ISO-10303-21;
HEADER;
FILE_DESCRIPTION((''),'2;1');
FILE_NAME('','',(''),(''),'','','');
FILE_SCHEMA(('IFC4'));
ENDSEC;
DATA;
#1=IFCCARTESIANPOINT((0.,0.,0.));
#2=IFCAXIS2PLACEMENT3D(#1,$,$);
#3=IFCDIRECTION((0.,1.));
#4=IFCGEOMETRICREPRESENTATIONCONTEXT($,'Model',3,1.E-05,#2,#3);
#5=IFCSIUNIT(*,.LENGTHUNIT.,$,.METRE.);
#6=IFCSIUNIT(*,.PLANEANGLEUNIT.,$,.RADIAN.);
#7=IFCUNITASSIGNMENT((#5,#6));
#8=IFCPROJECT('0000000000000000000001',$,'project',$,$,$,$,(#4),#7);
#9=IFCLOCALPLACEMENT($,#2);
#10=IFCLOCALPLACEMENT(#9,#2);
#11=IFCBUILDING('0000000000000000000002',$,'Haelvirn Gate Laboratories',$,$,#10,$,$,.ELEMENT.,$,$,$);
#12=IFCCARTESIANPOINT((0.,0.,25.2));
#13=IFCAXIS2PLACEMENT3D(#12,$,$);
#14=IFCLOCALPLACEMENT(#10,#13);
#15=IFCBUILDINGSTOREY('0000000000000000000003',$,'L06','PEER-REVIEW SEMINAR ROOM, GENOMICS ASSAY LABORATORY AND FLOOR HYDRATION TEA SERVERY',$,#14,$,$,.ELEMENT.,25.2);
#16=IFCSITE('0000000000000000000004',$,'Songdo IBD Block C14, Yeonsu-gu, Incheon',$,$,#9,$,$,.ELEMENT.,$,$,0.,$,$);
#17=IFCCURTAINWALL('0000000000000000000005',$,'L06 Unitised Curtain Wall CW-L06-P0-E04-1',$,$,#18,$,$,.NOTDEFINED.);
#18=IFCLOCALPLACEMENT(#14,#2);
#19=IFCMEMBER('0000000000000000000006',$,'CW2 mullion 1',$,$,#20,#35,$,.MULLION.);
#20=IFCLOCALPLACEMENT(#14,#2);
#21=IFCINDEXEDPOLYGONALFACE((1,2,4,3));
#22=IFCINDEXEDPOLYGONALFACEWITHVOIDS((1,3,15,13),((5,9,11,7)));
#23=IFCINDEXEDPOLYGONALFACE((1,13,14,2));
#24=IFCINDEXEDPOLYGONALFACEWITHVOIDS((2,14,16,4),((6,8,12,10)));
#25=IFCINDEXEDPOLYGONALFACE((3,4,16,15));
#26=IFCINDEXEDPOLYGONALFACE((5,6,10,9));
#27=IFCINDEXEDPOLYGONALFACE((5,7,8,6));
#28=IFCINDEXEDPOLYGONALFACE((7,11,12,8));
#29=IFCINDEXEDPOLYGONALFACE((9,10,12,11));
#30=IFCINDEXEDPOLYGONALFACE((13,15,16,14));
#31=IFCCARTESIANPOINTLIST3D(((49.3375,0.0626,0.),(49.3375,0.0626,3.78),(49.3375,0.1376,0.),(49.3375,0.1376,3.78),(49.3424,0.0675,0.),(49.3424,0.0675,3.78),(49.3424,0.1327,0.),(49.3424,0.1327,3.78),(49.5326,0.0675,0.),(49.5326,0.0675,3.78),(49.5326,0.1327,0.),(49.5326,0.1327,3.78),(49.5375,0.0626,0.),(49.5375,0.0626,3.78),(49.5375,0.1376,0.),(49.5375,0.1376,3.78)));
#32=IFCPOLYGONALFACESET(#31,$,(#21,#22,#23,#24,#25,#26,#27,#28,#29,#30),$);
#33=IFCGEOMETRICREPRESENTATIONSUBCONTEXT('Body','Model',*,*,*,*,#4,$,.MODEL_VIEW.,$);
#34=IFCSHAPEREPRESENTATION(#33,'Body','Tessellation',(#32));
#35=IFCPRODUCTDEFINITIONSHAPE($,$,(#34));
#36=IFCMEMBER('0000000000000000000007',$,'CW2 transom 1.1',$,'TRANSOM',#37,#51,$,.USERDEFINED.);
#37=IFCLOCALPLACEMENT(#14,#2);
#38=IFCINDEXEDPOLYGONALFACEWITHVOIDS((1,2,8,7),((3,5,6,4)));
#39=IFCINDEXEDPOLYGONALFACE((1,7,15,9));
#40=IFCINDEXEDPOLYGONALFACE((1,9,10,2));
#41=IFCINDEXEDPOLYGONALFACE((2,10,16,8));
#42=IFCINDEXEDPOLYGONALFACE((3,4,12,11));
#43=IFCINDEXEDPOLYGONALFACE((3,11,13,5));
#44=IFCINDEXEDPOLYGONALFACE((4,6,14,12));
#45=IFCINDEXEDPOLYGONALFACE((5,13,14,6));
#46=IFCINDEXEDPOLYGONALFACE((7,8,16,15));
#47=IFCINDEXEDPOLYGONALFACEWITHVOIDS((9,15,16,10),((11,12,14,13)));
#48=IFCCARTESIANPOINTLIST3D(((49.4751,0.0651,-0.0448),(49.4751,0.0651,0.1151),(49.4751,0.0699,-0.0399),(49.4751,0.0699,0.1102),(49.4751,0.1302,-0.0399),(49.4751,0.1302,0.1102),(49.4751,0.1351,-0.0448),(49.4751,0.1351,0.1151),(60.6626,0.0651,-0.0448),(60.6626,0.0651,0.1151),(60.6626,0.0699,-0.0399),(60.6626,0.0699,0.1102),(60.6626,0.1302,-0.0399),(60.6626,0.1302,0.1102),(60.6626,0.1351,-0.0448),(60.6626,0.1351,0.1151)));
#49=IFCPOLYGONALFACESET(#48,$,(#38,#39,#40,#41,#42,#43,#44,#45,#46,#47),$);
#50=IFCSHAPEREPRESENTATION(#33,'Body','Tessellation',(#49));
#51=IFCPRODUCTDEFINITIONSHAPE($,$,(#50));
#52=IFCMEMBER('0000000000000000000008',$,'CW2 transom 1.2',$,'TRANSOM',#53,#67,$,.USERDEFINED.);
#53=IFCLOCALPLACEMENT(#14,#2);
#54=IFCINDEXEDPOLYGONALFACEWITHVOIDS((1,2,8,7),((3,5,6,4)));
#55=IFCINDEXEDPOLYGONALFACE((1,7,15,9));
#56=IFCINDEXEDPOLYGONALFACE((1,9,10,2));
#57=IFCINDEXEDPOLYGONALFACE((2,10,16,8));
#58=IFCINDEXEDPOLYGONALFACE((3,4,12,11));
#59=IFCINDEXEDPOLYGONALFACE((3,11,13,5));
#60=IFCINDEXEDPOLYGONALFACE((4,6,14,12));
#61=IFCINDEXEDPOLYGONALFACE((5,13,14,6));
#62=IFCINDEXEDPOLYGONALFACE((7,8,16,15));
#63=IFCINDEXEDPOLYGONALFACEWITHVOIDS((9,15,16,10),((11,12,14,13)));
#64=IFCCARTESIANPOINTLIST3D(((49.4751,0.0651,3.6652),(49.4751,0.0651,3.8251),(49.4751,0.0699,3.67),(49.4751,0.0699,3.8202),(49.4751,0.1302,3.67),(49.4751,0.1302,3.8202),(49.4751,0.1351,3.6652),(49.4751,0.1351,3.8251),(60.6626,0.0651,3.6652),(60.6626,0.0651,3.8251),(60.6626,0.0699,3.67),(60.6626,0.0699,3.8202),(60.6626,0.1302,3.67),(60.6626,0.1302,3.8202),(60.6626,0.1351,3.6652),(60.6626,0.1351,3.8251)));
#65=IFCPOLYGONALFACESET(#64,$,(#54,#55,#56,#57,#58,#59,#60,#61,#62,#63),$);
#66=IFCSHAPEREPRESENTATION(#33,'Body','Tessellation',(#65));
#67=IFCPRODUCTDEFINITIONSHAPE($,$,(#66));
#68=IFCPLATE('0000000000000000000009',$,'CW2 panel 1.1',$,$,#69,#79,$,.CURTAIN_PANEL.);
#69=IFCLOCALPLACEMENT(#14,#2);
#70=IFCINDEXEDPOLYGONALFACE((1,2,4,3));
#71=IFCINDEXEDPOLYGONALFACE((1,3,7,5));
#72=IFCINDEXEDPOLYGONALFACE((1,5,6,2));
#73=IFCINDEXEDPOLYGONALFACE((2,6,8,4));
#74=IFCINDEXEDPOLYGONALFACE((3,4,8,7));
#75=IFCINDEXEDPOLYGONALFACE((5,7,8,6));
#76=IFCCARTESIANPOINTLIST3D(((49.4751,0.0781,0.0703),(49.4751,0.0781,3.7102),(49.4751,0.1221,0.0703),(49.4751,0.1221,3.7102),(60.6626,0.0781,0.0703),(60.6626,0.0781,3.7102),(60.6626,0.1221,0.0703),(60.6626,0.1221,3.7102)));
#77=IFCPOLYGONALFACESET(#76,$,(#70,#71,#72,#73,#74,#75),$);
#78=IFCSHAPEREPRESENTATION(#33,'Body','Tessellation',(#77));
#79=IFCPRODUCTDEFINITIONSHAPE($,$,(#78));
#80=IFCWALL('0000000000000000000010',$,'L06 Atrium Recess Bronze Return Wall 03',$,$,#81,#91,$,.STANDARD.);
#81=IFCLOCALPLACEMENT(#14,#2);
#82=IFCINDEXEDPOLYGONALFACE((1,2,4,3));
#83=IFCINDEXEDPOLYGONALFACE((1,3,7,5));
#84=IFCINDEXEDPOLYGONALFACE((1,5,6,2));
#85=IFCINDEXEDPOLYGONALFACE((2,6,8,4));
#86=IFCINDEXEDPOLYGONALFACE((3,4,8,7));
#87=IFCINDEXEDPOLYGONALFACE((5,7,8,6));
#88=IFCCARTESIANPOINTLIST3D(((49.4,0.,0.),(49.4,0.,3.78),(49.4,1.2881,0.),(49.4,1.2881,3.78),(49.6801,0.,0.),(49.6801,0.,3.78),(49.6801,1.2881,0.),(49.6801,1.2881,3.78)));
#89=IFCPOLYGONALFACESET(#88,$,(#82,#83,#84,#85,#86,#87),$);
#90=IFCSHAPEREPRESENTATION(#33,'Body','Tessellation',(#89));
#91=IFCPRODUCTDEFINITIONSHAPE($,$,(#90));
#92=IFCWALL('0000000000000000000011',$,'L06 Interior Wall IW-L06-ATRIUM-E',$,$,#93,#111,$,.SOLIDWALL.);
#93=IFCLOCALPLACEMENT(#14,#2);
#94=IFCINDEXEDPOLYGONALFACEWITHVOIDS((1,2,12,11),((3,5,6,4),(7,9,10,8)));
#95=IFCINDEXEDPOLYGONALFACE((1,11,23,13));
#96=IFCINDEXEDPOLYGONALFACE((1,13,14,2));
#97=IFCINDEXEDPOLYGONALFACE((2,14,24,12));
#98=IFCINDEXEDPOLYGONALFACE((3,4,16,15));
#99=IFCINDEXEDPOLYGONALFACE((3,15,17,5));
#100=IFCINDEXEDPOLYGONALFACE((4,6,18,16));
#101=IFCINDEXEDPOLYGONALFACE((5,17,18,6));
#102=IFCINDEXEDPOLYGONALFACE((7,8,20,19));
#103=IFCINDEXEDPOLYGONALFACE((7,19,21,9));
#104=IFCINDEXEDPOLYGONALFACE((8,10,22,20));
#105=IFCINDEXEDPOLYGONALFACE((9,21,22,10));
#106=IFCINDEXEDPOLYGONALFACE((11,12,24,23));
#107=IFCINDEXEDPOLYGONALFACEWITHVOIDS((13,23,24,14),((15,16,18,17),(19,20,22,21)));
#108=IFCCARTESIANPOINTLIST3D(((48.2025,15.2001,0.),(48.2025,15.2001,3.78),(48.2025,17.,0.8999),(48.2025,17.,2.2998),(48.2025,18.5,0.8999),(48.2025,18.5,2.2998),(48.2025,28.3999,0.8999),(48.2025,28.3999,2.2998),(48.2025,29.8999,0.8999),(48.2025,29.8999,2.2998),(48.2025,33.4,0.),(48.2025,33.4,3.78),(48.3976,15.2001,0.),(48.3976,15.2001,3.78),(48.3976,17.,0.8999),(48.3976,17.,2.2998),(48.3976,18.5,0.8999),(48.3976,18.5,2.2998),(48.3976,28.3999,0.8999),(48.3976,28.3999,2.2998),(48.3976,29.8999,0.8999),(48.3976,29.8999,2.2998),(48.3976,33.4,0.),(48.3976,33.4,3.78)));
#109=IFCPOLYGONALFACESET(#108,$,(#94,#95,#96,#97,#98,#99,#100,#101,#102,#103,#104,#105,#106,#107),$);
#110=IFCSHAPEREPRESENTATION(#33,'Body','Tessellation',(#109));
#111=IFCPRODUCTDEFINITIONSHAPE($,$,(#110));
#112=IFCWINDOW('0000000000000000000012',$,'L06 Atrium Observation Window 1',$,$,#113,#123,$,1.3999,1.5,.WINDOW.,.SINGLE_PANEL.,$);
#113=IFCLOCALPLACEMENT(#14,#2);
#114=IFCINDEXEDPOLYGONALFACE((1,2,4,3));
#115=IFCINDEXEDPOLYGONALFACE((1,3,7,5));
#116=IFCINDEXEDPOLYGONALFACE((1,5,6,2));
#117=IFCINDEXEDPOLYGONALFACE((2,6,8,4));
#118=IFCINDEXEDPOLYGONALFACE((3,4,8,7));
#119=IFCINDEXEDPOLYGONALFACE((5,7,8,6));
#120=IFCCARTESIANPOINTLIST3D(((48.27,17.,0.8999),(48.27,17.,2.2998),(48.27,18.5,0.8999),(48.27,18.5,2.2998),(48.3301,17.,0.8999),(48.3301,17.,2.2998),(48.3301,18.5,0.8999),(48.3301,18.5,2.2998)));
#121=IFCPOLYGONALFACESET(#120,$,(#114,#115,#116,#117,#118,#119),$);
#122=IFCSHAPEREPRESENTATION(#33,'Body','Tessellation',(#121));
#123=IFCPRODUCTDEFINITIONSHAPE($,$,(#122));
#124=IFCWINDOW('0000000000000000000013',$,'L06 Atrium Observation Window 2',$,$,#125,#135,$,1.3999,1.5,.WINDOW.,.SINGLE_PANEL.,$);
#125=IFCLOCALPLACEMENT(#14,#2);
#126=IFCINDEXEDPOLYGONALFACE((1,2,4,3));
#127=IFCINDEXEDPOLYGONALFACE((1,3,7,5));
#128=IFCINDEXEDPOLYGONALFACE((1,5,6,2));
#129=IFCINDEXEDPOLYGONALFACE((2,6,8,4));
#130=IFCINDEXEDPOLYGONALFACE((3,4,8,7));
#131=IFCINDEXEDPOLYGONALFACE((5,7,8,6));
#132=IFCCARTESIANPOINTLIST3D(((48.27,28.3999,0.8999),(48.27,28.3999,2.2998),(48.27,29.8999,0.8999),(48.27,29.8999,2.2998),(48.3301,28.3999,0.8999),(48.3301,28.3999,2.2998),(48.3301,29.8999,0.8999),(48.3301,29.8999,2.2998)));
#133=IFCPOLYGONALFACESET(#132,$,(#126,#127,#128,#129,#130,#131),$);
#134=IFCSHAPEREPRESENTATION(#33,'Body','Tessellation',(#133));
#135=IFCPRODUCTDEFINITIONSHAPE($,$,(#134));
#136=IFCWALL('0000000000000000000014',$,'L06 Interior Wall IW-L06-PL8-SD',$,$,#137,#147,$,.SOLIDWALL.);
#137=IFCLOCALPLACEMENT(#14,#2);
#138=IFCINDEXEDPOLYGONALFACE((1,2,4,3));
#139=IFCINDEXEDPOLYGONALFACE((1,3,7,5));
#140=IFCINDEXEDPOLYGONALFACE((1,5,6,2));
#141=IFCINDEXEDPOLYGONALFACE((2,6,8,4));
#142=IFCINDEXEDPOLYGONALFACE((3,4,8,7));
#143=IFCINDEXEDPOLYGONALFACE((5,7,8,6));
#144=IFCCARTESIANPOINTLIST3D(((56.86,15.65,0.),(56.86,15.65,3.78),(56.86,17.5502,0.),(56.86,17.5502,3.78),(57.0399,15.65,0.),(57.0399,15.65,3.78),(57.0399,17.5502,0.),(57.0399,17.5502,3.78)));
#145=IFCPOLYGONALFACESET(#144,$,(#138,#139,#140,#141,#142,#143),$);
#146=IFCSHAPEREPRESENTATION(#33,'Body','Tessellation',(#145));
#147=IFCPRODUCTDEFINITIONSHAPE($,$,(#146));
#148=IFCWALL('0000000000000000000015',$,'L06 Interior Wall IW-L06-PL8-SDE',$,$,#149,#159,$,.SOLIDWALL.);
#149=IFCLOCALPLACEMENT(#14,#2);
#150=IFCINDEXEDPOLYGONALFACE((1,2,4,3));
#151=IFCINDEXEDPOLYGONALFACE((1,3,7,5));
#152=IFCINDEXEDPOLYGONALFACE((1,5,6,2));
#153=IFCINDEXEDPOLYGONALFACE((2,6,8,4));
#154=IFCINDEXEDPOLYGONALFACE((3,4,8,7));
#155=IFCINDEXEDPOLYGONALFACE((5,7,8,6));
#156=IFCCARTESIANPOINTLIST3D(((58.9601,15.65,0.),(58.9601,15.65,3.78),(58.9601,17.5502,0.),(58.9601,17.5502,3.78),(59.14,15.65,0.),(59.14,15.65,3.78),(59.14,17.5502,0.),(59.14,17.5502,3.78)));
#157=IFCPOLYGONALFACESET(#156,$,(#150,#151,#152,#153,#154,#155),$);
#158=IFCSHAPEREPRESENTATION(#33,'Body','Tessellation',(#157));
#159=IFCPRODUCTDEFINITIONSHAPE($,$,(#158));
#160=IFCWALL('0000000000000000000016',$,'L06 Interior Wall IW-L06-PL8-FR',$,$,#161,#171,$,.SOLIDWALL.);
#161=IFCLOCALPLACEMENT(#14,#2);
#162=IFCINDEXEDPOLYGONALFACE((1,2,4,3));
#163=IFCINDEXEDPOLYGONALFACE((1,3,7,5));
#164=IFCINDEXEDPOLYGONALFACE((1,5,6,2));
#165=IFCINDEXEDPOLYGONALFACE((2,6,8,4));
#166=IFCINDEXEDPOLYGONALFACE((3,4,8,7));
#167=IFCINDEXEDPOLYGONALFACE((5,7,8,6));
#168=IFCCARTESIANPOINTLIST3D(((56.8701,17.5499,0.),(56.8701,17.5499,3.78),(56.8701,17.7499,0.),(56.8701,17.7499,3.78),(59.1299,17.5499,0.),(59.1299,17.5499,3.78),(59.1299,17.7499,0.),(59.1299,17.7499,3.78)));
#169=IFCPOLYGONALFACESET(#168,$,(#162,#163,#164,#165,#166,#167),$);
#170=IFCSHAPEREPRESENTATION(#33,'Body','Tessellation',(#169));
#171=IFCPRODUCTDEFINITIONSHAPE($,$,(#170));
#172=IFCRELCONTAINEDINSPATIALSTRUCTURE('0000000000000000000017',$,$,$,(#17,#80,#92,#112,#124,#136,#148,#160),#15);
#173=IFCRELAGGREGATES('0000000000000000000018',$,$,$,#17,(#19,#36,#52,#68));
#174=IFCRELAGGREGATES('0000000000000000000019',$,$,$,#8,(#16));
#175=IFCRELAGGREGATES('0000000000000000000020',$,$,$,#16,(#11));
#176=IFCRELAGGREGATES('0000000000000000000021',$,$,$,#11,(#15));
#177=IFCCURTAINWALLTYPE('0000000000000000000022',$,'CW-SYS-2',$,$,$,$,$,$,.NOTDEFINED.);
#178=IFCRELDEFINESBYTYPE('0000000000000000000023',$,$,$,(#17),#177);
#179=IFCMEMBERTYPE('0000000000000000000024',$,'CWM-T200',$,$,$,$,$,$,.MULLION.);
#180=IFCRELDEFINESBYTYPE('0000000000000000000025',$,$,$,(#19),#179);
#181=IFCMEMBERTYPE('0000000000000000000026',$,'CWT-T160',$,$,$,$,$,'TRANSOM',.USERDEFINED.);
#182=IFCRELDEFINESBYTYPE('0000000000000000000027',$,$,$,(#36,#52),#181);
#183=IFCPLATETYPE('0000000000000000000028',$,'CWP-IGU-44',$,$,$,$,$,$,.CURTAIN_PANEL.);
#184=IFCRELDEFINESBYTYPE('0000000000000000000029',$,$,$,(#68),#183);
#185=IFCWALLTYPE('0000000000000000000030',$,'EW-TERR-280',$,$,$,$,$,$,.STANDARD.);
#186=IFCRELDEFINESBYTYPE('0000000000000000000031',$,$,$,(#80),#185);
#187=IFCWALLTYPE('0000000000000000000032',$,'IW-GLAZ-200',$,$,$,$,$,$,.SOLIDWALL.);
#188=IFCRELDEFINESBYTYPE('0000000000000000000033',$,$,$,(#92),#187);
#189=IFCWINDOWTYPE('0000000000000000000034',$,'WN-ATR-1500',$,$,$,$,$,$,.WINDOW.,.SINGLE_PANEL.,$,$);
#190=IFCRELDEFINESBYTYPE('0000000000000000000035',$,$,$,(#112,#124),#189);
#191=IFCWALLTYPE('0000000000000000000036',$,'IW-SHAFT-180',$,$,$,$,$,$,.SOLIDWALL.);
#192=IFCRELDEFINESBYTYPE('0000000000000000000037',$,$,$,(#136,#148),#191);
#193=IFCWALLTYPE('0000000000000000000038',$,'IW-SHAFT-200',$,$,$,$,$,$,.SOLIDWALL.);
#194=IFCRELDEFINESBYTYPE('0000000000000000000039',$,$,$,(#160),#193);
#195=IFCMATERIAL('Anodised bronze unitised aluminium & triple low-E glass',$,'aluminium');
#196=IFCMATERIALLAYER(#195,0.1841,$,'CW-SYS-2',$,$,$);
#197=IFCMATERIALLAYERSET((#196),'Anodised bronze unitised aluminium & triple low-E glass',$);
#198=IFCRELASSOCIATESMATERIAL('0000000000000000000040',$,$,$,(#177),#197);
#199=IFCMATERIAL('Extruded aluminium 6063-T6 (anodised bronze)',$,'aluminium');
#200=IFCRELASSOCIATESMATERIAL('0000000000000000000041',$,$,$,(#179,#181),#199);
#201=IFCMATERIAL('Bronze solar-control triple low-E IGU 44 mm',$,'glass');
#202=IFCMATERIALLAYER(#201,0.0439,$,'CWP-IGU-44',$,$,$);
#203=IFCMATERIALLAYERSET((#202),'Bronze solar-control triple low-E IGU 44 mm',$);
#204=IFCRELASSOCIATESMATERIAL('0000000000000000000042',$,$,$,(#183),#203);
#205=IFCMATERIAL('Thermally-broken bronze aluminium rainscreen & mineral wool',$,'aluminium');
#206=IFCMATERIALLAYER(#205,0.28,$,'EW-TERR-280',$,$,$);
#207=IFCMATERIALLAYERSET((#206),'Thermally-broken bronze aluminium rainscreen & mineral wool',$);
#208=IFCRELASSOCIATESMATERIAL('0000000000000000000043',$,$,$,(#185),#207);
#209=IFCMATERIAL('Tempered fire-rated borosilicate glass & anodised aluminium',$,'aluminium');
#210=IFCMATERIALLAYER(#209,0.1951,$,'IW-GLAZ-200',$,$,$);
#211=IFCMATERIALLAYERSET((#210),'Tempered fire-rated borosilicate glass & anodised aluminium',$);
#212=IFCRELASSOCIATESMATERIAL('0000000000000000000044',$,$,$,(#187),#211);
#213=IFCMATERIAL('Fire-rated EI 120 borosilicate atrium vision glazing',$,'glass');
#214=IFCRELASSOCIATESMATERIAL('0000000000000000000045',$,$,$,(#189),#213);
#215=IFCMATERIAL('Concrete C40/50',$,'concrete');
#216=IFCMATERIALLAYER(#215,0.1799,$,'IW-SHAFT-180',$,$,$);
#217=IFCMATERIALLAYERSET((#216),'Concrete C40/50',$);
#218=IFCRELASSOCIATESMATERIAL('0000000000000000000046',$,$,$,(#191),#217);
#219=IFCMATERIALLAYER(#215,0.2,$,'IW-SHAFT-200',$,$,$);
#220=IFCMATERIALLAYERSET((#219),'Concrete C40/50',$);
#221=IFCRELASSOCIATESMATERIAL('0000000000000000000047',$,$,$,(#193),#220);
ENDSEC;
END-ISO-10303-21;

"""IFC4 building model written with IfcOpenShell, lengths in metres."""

from ifc_helpers import new_model, si_unit, direction, frame, frame_2d, origin, origin_2d, place, context, subcontext, project, spatial, rectangle, hollow_rectangle, extrude, source, transform, mapped, material, layer, layer_set, material_profile, profile_set, type_object, type_shapes, element, fill, aggregate, save


model = new_model("IFC4")

# Units and contexts
model_context = context("Model", 3, precision=1e-05, world=origin(), true_north=direction((0.0, 1.0)))
body_context = subcontext(model_context, "Body", "Model", "MODEL_VIEW")
ifc_project = project(units=[si_unit("LENGTHUNIT", "METRE"), si_unit("PLANEANGLEUNIT", "RADIAN")], contexts=[model_context])

# Site, building, storey
site_placement = place(None, origin())
site = spatial("IfcSite", under=ifc_project, at=site_placement, Name="Songdo IBD Block C14, Yeonsu-gu, Incheon", CompositionType="ELEMENT", RefElevation=0.0)
building_placement = place(site_placement, origin())
building = spatial("IfcBuilding", under=site, at=building_placement, Name="Haelvirn Gate Laboratories", CompositionType="ELEMENT")
storey_placement = place(building_placement, frame((0.0, 0.0, 25.2)))
storey = spatial("IfcBuildingStorey", under=building, at=storey_placement, Name="L06", Description="PEER-REVIEW SEMINAR ROOM, GENOMICS ASSAY LABORATORY AND FLOOR HYDRATION TEA SERVERY", CompositionType="ELEMENT", Elevation=25.2)

# Shared definitions
ifc_material_1 = material(Name="Anodised bronze unitised aluminium & triple low-E glass", Category="aluminium")
ifc_layer_1 = layer(ifc_material_1, 0.1841, Name="CW-SYS-2")
ifc_layer_set_1 = layer_set([ifc_layer_1], Name="Anodised bronze unitised aluminium & triple low-E glass")
curtain_wall_type = type_object("IfcCurtainWallType", Name="CW-SYS-2", PredefinedType="NOTDEFINED", material=ifc_layer_set_1)
ifc_material_2 = material(Name="Extruded aluminium 6063-T6 (anodised bronze)", Category="aluminium")
ifc_material_profile_1 = material_profile(ifc_material_2, hollow_rectangle(XDim=0.075, YDim=0.2, WallThickness=0.0049, at=origin_2d()), Name="CWM-200x75x5")
ifc_profile_set_1 = profile_set([ifc_material_profile_1], Name="Extruded aluminium 6063-T6 (anodised bronze)")
member_type_1 = type_object("IfcMemberType", Name="CWM-T200", PredefinedType="MULLION", material=ifc_profile_set_1)
shared_shape_1 = source(origin(), body_context, "Body", "SweptSolid", [
    extrude(hollow_rectangle(XDim=0.075, YDim=0.2, WallThickness=0.0049, at=origin_2d()), origin(), (0.0, 0.0, 1.0), 3.78),
])
type_shapes(member_type_1, [shared_shape_1])

# Curtain wall, members, plate
curtain_wall_1_placement = place(storey_placement, origin())
curtain_wall_1 = element("IfcCurtainWall", 1, at=curtain_wall_1_placement, inside=storey, type_object=curtain_wall_type, Name="L06 Unitised Curtain Wall CW-L06-P0-E04-1", PredefinedType="NOTDEFINED")
member_1_placement = place(storey_placement, frame((49.4375, 0.1001, 0.0), z_axis=(0.0, 0.0, 1.0), x_axis=(0.0, 1.0, 0.0)))
member_1 = element("IfcMember", 2, at=member_1_placement, type_object=member_type_1, Name="CW2 mullion 1", PredefinedType="MULLION", context=body_context, shape_type="MappedRepresentation", body=[
    mapped(shared_shape_1, transform((0.0, 0.0, 0.0), scale=1.0)),
])
ifc_material_profile_2 = material_profile(ifc_material_2, hollow_rectangle(XDim=0.0701, YDim=0.1599, WallThickness=0.0049, at=origin_2d()), Name="CWT-160x70x5")
ifc_profile_set_2 = profile_set([ifc_material_profile_2], Name="Extruded aluminium 6063-T6 (anodised bronze)")
member_type_2 = type_object("IfcMemberType", Name="CWT-T160", ElementType="TRANSOM", PredefinedType="USERDEFINED", material=ifc_profile_set_2)
shared_shape_2 = source(origin(), body_context, "Body", "SweptSolid", [
    extrude(hollow_rectangle(XDim=0.0701, YDim=0.1599, WallThickness=0.0049, at=origin_2d()), origin(), (0.0, 0.0, 1.0), 11.1875),
])
type_shapes(member_type_2, [shared_shape_2])
member_2_placement = place(storey_placement, frame((49.4751, 0.1001, 0.0352), z_axis=(1.0, 0.0, 0.0), x_axis=(0.0, 1.0, 0.0)))
member_2 = element("IfcMember", 3, at=member_2_placement, type_object=member_type_2, Name="CW2 transom 1.1", ObjectType="TRANSOM", PredefinedType="USERDEFINED", context=body_context, shape_type="MappedRepresentation", body=[
    mapped(shared_shape_2, transform((0.0, 0.0, 0.0), scale=1.0)),
])
member_3_placement = place(storey_placement, frame((49.4751, 0.1001, 3.7451), z_axis=(1.0, 0.0, 0.0), x_axis=(0.0, 1.0, 0.0)))
member_3 = element("IfcMember", 4, at=member_3_placement, type_object=member_type_2, Name="CW2 transom 1.2", ObjectType="TRANSOM", PredefinedType="USERDEFINED", context=body_context, shape_type="MappedRepresentation", body=[
    mapped(shared_shape_2, transform((0.0, 0.0, 0.0), scale=1.0)),
])
ifc_material_3 = material(Name="Bronze solar-control triple low-E IGU 44 mm", Category="glass")
ifc_layer_2 = layer(ifc_material_3, 0.0439, Name="CWP-IGU-44")
ifc_layer_set_2 = layer_set([ifc_layer_2], Name="Bronze solar-control triple low-E IGU 44 mm")
plate_type = type_object("IfcPlateType", Name="CWP-IGU-44", PredefinedType="CURTAIN_PANEL", material=ifc_layer_set_2)
shared_shape_3 = source(origin(), body_context, "Body", "SweptSolid", [
    extrude(rectangle(XDim=11.1875, YDim=0.0439, at=origin_2d()), origin(), (0.0, 0.0, 1.0), 3.6399),
])
type_shapes(plate_type, [shared_shape_3])
plate_placement = place(storey_placement, frame((55.0688, 0.1001, 0.0703), z_axis=(0.0, 0.0, 1.0), x_axis=(1.0, 0.0, 0.0)))
plate = element("IfcPlate", 5, at=plate_placement, type_object=plate_type, Name="CW2 panel 1.1", PredefinedType="CURTAIN_PANEL", context=body_context, shape_type="MappedRepresentation", body=[
    mapped(shared_shape_3, transform((0.0, 0.0, 0.0), scale=1.0)),
])
aggregate(curtain_wall_1, [member_1, member_2, member_3, plate])

# Wall
ifc_material_4 = material(Name="Thermally-broken bronze aluminium rainscreen & mineral wool", Category="aluminium")
ifc_layer_3 = layer(ifc_material_4, 0.28, Name="EW-TERR-280")
ifc_layer_set_3 = layer_set([ifc_layer_3], Name="Thermally-broken bronze aluminium rainscreen & mineral wool")
wall_type_1 = type_object("IfcWallType", Name="EW-TERR-280", PredefinedType="STANDARD", material=ifc_layer_set_3)
wall_1_placement = place(storey_placement, frame((49.54, 1.2881, 0.0), z_axis=(0.0, 0.0, 1.0), x_axis=(0.0, -1.0, 0.0)))
element("IfcWall", 6, at=wall_1_placement, inside=storey, type_object=wall_type_1, Name="L06 Atrium Recess Bronze Return Wall 03", PredefinedType="STANDARD", context=body_context, shape_type="SweptSolid", body=[
    extrude(rectangle(XDim=1.2881, YDim=0.28, at=frame_2d((0.644, 0.0))), origin(), (0.0, 0.0, 1.0), 3.78),
])

# Wall, openings, windows
ifc_material_5 = material(Name="Tempered fire-rated borosilicate glass & anodised aluminium", Category="aluminium")
ifc_layer_4 = layer(ifc_material_5, 0.1951, Name="IW-GLAZ-200")
ifc_layer_set_4 = layer_set([ifc_layer_4], Name="Tempered fire-rated borosilicate glass & anodised aluminium")
wall_type_2 = type_object("IfcWallType", Name="IW-GLAZ-200", PredefinedType="SOLIDWALL", material=ifc_layer_set_4)
wall_2_placement = place(storey_placement, frame((48.3, 15.2, 0.0), z_axis=(0.0, 0.0, 1.0), x_axis=(0.0, 1.0, 0.0)))
wall_2 = element("IfcWall", 7, at=wall_2_placement, inside=storey, type_object=wall_type_2, Name="L06 Interior Wall IW-L06-ATRIUM-E", PredefinedType="SOLIDWALL", context=body_context, shape_type="SweptSolid", body=[
    extrude(rectangle(XDim=18.2, YDim=0.1951, at=frame_2d((9.1001, 0.0))), origin(), (0.0, 0.0, 1.0), 3.78),
])
opening_1_placement = place(wall_2_placement, frame((1.8, 0.0, 0.8999)))
opening_1 = element("IfcOpeningElement", 8, at=opening_1_placement, cuts=wall_2, PredefinedType="OPENING", context=body_context, shape_type="SweptSolid", body=[
    extrude(rectangle(XDim=1.5, YDim=1.3999, at=frame_2d((0.75, 0.7))), frame((0.0, 0.1074, 0.0), z_axis=(0.0, -1.0, 0.0), x_axis=(1.0, 0.0, 0.0)), (0.0, 0.0, 1.0), 0.2151),
])
opening_2_placement = place(wall_2_placement, frame((13.2, 0.0, 0.8999)))
opening_2 = element("IfcOpeningElement", 9, at=opening_2_placement, cuts=wall_2, PredefinedType="OPENING", context=body_context, shape_type="SweptSolid", body=[
    extrude(rectangle(XDim=1.5, YDim=1.3999, at=frame_2d((0.75, 0.7))), frame((0.0, 0.1074, 0.0), z_axis=(0.0, -1.0, 0.0), x_axis=(1.0, 0.0, 0.0)), (0.0, 0.0, 1.0), 0.2151),
])
ifc_material_6 = material(Name="Fire-rated EI 120 borosilicate atrium vision glazing", Category="glass")
window_type = type_object("IfcWindowType", Name="WN-ATR-1500", PartitioningType="SINGLE_PANEL", PredefinedType="WINDOW", material=ifc_material_6)
shared_shape_4 = source(origin(), body_context, "Body", "SweptSolid", [
    extrude(rectangle(XDim=1.5, YDim=1.3999, at=frame_2d((0.75, 0.7))), frame((0.0, 0.03, 0.0), z_axis=(0.0, -1.0, 0.0), x_axis=(1.0, 0.0, 0.0)), (0.0, 0.0, 1.0), 0.0601),
])
type_shapes(window_type, [shared_shape_4])
window_1_placement = place(opening_1_placement, origin())
window_1 = element("IfcWindow", 10, at=window_1_placement, inside=storey, type_object=window_type, Name="L06 Atrium Observation Window 1", OverallHeight=1.3999, OverallWidth=1.5, PartitioningType="SINGLE_PANEL", PredefinedType="WINDOW", context=body_context, shape_type="MappedRepresentation", body=[
    mapped(shared_shape_4, transform((0.0, 0.0, 0.0), scale=1.0)),
])
fill(opening_1, window_1)
window_2_placement = place(opening_2_placement, origin())
window_2 = element("IfcWindow", 11, at=window_2_placement, inside=storey, type_object=window_type, Name="L06 Atrium Observation Window 2", OverallHeight=1.3999, OverallWidth=1.5, PartitioningType="SINGLE_PANEL", PredefinedType="WINDOW", context=body_context, shape_type="MappedRepresentation", body=[
    mapped(shared_shape_4, transform((0.0, 0.0, 0.0), scale=1.0)),
])
fill(opening_2, window_2)

# Walls
ifc_material_7 = material(Name="Concrete C40/50", Category="concrete")
ifc_layer_5 = layer(ifc_material_7, 0.1799, Name="IW-SHAFT-180")
ifc_layer_set_5 = layer_set([ifc_layer_5], Name="Concrete C40/50")
wall_type_3 = type_object("IfcWallType", Name="IW-SHAFT-180", PredefinedType="SOLIDWALL", material=ifc_layer_set_5)
for number, where, z_axis, x_axis, name in (
    (12, (56.95, 15.6499, 0.0), (0.0, 0.0, 1.0), (0.0, 1.0, 0.0), "L06 Interior Wall IW-L06-PL8-SD"),
    (13, (59.05, 15.6499, 0.0), (0.0, 0.0, 1.0), (0.0, 1.0, 0.0), "L06 Interior Wall IW-L06-PL8-SDE"),
):
    element("IfcWall", number, at=place(storey_placement, frame(where, z_axis=z_axis, x_axis=x_axis)), inside=storey, type_object=wall_type_3, Name=name, PredefinedType="SOLIDWALL", context=body_context, shape_type="SweptSolid", body=[
        extrude(rectangle(XDim=1.9001, YDim=0.1799, at=frame_2d((0.9502, 0.0))), origin(), (0.0, 0.0, 1.0), 3.78),
    ])
ifc_layer_6 = layer(ifc_material_7, 0.2, Name="IW-SHAFT-200")
ifc_layer_set_6 = layer_set([ifc_layer_6], Name="Concrete C40/50")
wall_type_4 = type_object("IfcWallType", Name="IW-SHAFT-200", PredefinedType="SOLIDWALL", material=ifc_layer_set_6)
for number, where, z_axis, x_axis, name in (
    (14, (56.8701, 17.6499, 0.0), (0.0, 0.0, 1.0), (1.0, 0.0, 0.0), "L06 Interior Wall IW-L06-PL8-FR"),
):
    element("IfcWall", number, at=place(storey_placement, frame(where, z_axis=z_axis, x_axis=x_axis)), inside=storey, type_object=wall_type_4, Name=name, PredefinedType="SOLIDWALL", context=body_context, shape_type="SweptSolid", body=[
        extrude(rectangle(XDim=2.2598, YDim=0.2, at=frame_2d((1.1299, 0.0))), origin(), (0.0, 0.0, 1.0), 3.78),
    ])

save(model, "model.ifc")
